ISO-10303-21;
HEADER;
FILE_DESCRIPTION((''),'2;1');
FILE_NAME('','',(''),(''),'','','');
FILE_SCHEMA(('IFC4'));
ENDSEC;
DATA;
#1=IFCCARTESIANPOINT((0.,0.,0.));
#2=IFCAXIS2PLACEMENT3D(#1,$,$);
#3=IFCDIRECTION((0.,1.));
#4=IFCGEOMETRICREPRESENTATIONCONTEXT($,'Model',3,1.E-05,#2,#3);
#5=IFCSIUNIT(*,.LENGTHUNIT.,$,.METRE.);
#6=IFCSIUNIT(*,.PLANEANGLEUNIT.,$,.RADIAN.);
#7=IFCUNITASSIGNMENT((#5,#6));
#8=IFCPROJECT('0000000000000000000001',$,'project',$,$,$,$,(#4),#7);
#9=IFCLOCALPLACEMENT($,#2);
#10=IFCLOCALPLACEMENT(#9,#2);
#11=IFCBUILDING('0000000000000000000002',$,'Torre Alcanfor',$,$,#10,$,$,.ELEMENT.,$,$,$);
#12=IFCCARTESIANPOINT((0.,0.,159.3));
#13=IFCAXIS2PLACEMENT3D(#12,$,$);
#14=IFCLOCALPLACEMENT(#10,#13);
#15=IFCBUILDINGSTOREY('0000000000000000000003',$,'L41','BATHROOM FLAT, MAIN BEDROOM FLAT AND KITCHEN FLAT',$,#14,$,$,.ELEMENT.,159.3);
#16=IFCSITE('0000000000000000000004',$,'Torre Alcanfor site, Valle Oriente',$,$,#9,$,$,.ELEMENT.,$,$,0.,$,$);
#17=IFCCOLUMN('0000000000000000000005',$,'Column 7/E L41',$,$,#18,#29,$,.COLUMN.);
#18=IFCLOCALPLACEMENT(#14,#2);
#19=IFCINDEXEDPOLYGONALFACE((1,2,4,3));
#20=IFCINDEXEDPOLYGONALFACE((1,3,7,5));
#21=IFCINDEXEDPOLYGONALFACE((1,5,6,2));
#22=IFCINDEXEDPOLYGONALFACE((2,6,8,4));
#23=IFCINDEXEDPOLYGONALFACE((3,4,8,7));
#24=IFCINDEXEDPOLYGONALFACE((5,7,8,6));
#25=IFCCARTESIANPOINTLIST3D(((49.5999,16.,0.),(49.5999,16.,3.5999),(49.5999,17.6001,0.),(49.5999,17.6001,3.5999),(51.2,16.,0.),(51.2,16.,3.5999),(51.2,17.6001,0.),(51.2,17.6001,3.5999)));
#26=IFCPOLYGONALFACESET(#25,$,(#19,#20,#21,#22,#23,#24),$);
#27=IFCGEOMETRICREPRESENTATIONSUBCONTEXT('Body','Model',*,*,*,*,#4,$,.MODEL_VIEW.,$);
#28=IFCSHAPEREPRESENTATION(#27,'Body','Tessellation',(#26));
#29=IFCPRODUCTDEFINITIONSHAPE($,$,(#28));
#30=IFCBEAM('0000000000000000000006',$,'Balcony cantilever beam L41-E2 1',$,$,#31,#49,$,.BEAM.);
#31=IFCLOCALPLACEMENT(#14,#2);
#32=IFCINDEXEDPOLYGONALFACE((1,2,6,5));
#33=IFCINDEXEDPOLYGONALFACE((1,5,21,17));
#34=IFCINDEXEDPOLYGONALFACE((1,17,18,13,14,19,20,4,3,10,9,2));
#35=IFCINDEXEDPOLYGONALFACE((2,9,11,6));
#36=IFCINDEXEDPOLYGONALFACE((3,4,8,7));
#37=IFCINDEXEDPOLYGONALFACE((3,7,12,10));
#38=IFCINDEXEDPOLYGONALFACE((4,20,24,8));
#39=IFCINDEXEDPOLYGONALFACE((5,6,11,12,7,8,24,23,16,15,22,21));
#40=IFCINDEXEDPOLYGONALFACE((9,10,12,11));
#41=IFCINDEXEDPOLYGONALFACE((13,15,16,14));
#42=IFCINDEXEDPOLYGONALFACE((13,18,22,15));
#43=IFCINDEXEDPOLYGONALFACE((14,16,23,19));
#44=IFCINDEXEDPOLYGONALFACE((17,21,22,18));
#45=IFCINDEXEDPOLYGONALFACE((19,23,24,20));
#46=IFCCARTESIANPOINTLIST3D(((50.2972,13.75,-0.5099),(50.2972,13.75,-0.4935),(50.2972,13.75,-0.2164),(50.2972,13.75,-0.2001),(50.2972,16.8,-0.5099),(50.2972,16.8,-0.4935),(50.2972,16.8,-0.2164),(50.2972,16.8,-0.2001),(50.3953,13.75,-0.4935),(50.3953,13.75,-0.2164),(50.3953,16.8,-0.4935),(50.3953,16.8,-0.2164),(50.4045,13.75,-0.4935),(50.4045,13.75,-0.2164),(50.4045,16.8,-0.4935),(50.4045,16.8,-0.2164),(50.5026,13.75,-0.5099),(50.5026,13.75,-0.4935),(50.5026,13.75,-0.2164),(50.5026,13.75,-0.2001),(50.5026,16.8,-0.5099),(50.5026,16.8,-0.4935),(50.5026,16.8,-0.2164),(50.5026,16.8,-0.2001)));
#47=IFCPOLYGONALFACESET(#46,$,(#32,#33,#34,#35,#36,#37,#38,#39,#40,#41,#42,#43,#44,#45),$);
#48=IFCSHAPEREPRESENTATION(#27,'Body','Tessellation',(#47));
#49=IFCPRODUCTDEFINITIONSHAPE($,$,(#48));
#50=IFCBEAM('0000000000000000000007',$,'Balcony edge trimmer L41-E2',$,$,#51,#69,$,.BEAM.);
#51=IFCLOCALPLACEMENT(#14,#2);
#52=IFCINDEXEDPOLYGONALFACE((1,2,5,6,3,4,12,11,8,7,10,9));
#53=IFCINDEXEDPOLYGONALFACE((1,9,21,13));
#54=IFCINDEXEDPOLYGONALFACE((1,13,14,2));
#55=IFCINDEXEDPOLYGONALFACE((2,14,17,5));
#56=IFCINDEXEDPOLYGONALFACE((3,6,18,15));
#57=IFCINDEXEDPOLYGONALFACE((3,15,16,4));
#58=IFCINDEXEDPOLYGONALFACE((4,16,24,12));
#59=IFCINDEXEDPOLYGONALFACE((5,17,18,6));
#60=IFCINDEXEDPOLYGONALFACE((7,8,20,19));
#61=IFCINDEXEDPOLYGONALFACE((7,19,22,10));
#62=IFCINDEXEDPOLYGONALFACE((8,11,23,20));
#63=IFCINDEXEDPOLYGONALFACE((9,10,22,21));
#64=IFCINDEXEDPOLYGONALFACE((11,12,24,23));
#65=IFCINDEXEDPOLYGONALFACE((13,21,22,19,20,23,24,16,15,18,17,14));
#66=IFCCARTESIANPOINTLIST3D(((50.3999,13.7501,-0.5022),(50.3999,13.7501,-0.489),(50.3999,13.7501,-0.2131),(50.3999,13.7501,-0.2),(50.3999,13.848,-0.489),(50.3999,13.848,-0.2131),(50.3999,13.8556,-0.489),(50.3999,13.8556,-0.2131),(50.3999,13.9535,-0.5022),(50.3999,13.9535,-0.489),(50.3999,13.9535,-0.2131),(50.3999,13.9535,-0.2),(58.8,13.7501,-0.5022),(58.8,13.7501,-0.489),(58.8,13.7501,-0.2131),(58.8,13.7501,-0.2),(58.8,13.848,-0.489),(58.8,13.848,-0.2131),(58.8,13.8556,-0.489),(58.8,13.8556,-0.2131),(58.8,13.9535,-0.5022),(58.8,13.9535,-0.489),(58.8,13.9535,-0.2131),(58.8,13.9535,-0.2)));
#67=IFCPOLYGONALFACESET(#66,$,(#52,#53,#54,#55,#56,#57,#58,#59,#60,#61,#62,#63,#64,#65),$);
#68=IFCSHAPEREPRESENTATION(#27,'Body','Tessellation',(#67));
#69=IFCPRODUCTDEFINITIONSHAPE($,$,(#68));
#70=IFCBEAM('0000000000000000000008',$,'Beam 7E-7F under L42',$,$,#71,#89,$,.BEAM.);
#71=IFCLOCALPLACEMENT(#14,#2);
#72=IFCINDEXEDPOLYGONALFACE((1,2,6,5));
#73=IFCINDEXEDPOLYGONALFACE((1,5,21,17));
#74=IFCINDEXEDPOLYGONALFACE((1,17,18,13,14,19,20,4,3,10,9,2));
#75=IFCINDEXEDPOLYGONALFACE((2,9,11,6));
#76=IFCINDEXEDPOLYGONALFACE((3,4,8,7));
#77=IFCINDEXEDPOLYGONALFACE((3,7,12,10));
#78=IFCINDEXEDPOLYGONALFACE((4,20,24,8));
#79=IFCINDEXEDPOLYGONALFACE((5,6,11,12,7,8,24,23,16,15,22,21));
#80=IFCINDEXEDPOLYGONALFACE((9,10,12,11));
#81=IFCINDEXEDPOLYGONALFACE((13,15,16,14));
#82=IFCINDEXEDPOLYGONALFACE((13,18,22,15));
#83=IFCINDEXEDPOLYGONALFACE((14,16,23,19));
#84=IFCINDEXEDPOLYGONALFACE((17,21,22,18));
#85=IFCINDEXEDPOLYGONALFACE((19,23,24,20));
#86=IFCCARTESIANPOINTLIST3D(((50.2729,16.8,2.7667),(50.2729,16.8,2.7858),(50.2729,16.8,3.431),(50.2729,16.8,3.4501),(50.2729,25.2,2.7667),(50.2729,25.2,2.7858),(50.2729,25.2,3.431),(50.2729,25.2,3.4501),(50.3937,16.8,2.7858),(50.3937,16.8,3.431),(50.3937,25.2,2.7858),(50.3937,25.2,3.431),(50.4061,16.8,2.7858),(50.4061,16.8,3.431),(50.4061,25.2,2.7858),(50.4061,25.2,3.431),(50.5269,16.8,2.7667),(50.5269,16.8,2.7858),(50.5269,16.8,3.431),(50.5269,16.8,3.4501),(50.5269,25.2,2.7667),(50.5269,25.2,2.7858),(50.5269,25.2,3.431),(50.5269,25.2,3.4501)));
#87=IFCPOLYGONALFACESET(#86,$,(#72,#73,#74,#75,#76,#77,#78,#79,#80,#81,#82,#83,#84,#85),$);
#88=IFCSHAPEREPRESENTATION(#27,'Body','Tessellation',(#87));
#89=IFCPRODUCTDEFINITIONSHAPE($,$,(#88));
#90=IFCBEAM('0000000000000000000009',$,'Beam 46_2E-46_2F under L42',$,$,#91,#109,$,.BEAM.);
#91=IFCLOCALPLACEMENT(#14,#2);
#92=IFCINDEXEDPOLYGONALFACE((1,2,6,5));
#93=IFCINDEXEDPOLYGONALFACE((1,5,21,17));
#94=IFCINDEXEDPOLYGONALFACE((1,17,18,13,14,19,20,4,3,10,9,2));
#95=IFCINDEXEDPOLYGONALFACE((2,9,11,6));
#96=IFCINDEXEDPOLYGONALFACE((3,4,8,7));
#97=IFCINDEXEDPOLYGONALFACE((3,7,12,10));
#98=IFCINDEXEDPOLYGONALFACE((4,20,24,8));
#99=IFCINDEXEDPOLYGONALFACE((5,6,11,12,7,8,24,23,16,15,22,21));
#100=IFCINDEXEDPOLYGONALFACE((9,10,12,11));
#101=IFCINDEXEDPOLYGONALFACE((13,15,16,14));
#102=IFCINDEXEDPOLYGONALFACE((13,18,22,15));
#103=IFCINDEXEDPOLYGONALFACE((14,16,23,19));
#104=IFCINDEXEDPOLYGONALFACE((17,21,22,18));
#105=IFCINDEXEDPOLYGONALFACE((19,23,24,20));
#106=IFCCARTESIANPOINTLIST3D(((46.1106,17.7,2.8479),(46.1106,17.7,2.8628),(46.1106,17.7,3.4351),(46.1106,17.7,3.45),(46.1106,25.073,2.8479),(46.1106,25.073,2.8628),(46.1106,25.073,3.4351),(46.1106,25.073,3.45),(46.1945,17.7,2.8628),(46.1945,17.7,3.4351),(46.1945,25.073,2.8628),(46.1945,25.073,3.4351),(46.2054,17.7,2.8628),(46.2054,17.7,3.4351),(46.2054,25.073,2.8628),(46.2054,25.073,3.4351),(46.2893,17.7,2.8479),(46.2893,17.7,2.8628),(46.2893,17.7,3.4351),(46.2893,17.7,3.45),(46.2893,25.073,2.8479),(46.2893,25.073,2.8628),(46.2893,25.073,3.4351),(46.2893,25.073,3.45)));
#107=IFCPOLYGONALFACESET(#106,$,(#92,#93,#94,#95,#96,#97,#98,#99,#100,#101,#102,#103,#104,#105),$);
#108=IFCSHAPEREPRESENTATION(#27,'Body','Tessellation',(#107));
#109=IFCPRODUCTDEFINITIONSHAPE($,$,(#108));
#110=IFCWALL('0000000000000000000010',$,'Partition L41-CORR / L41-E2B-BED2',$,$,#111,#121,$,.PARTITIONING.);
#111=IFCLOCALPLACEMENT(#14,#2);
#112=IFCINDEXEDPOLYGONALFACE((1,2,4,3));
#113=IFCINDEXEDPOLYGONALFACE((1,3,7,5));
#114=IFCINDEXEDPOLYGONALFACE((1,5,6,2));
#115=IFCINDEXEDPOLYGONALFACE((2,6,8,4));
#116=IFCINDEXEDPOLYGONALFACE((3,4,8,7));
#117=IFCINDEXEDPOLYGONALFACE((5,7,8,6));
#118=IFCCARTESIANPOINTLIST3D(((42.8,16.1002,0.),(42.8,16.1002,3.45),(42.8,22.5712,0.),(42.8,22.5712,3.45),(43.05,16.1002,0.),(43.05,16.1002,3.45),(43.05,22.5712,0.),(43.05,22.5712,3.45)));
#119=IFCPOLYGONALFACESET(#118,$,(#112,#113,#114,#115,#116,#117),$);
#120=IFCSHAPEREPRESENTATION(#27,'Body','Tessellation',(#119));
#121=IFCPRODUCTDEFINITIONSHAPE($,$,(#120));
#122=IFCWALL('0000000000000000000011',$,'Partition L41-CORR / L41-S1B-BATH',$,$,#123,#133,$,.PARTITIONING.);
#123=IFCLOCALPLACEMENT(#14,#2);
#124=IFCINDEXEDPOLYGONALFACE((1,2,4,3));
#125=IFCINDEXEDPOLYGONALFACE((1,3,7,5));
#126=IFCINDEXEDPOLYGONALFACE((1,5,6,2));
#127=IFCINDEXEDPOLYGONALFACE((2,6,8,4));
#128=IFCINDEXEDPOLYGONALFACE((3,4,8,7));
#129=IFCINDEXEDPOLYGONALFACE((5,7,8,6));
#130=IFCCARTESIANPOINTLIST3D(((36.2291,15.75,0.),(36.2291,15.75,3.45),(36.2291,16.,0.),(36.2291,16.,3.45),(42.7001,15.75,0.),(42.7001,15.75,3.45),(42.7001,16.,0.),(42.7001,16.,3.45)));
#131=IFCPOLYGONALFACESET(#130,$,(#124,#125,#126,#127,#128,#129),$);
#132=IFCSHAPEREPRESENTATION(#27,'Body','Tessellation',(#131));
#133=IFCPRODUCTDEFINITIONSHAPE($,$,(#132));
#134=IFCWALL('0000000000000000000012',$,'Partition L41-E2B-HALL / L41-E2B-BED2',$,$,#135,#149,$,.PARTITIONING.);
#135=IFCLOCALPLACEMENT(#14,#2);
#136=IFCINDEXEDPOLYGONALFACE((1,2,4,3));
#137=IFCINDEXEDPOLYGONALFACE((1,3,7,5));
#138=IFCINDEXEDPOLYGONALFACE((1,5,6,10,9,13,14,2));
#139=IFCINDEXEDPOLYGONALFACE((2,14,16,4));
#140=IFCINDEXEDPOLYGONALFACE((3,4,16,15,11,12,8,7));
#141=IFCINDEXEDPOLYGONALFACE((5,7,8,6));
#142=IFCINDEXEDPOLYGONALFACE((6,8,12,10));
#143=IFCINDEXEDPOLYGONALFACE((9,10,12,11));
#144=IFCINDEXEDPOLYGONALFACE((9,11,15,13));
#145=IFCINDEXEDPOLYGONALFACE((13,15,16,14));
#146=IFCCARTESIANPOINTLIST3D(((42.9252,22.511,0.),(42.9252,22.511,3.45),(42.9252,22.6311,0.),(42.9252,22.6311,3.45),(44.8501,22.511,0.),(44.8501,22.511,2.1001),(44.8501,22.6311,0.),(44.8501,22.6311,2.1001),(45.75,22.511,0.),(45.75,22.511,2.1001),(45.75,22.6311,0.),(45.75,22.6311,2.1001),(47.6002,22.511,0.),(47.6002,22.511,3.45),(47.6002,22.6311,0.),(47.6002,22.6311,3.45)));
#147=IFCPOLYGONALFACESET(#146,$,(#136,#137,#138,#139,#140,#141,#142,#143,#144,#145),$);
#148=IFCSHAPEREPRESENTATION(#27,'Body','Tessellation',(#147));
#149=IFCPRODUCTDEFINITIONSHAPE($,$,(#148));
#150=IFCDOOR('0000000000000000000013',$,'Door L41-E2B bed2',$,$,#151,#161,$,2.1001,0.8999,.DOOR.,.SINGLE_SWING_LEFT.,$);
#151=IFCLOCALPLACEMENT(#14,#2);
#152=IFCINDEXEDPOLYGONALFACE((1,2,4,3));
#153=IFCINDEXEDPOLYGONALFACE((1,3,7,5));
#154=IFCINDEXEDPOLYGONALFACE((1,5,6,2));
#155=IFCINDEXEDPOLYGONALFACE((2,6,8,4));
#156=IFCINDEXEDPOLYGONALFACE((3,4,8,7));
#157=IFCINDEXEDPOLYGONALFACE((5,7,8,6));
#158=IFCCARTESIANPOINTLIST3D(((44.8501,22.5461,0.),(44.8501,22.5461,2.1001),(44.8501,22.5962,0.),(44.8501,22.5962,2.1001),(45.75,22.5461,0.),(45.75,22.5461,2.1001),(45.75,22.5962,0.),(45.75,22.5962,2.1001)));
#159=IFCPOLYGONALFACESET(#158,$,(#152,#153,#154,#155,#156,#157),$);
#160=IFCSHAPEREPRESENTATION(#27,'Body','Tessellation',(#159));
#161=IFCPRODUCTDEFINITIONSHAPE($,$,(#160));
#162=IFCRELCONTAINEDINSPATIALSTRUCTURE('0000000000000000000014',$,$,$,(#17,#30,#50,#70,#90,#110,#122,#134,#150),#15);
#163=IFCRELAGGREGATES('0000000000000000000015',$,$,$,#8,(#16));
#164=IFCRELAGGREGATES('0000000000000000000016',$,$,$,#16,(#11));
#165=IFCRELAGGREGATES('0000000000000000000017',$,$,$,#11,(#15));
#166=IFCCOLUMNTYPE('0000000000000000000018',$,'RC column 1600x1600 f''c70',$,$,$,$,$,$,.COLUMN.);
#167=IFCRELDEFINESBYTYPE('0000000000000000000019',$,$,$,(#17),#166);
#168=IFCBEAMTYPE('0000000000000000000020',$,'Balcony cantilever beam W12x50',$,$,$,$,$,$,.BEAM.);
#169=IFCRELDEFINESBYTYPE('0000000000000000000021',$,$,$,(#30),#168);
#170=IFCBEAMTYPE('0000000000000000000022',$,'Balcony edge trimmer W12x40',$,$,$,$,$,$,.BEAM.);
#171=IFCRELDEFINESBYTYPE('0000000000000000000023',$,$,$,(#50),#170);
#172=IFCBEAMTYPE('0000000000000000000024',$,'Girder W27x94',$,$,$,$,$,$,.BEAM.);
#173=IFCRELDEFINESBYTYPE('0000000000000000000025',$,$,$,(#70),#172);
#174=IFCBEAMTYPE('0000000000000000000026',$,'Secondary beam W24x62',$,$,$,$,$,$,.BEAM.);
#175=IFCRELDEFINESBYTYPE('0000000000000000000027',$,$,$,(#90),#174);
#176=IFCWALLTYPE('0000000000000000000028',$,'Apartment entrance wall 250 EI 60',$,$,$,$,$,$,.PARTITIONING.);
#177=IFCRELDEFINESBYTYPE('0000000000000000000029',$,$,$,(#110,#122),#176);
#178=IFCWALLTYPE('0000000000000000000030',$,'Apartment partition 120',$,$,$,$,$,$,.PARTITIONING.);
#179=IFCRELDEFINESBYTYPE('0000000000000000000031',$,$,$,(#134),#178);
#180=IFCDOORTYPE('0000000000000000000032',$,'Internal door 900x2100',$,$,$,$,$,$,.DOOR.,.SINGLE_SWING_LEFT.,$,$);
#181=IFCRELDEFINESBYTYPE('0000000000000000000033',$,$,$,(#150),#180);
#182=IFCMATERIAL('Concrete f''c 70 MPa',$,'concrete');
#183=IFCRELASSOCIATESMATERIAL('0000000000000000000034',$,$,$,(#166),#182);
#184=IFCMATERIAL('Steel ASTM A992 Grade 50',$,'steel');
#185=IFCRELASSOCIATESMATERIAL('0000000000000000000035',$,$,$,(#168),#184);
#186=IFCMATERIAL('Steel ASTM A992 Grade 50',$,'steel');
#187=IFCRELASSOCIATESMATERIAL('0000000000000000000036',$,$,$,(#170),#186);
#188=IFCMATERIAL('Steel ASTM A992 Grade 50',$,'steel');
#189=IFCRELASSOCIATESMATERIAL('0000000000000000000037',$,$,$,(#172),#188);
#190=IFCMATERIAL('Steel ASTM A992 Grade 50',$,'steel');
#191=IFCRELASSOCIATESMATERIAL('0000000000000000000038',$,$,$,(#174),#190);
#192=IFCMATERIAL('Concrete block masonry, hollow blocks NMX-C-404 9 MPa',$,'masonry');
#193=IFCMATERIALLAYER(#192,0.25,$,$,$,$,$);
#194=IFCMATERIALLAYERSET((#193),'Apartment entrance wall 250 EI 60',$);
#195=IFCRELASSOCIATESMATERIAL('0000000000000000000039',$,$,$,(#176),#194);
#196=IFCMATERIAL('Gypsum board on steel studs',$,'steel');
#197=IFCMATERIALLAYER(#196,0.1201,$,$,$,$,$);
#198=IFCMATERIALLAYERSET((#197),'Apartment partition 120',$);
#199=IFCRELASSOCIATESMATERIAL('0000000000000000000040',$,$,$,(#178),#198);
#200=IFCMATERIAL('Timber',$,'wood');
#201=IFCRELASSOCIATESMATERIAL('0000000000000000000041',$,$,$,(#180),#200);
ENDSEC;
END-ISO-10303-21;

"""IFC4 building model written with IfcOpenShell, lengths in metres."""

from ifc_helpers import new_model, si_unit, direction, frame, frame_2d, origin, origin_2d, place, context, subcontext, project, spatial, rectangle, i_section, extrude, material, layer, layer_set, material_profile, profile_set, type_object, element, fill, save


model = new_model("IFC4")

# Units and contexts
model_context = context("Model", 3, precision=1e-05, world=origin(), true_north=direction((0.0, 1.0)))
body_context = subcontext(model_context, "Body", "Model", "MODEL_VIEW")
ifc_project = project(units=[si_unit("LENGTHUNIT", "METRE"), si_unit("PLANEANGLEUNIT", "RADIAN")], contexts=[model_context])

# Site, building, storey
site_placement = place(None, origin())
site = spatial("IfcSite", under=ifc_project, at=site_placement, Name="Torre Alcanfor site, Valle Oriente", CompositionType="ELEMENT", RefElevation=0.0)
building_placement = place(site_placement, origin())
building = spatial("IfcBuilding", under=site, at=building_placement, Name="Torre Alcanfor", CompositionType="ELEMENT")
storey_placement = place(building_placement, frame((0.0, 0.0, 159.3)))
storey = spatial("IfcBuildingStorey", under=building, at=storey_placement, Name="L41", Description="BATHROOM FLAT, MAIN BEDROOM FLAT AND KITCHEN FLAT", CompositionType="ELEMENT", Elevation=159.3)

# Column
ifc_material_1 = material(Name="Concrete f'c 70 MPa", Category="concrete")
ifc_material_profile_1 = material_profile(ifc_material_1, rectangle(XDim=1.6001, YDim=1.6001, at=origin_2d()), Name="1600x1600")
ifc_profile_set_1 = profile_set([ifc_material_profile_1], Name="Concrete f'c 70 MPa")
column_type = type_object("IfcColumnType", Name="RC column 1600x1600 f'c70", PredefinedType="COLUMN", material=ifc_profile_set_1)
column_placement = place(storey_placement, frame((50.3999, 16.8, 0.0), z_axis=(0.0, 0.0, 1.0), x_axis=(1.0, 0.0, 0.0)))
element("IfcColumn", 1, at=column_placement, inside=storey, type_object=column_type, Name="Column 7/E L41", PredefinedType="COLUMN", context=body_context, shape_type="SweptSolid", body=[
    extrude(rectangle(XDim=1.6001, YDim=1.6001, at=origin_2d()), origin(), (0.0, 0.0, 1.0), 3.5999),
])

# Beams
ifc_material_2 = material(Name="Steel ASTM A992 Grade 50", Category="steel")
ifc_material_profile_2 = material_profile(ifc_material_2, i_section(OverallWidth=0.2053, OverallDepth=0.3098, WebThickness=0.0093, FlangeThickness=0.0164, at=origin_2d()), Name="W12x50")
ifc_profile_set_2 = profile_set([ifc_material_profile_2], Name="Steel ASTM A992 Grade 50")
beam_type_1 = type_object("IfcBeamType", Name="Balcony cantilever beam W12x50", PredefinedType="BEAM", material=ifc_profile_set_2)
beam_1_placement = place(storey_placement, frame((50.3999, 16.8, -0.355), z_axis=(0.0, -1.0, 0.0), x_axis=(1.0, 0.0, 0.0)))
element("IfcBeam", 2, at=beam_1_placement, inside=storey, type_object=beam_type_1, Name="Balcony cantilever beam L41-E2 1", PredefinedType="BEAM", context=body_context, shape_type="SweptSolid", body=[
    extrude(i_section(OverallWidth=0.2053, OverallDepth=0.3098, WebThickness=0.0093, FlangeThickness=0.0164, at=origin_2d()), origin(), (0.0, 0.0, 1.0), 3.05),
])
ifc_material_3 = material(Name="Steel ASTM A992 Grade 50", Category="steel")
ifc_material_profile_3 = material_profile(ifc_material_3, i_section(OverallWidth=0.2034, OverallDepth=0.3022, WebThickness=0.0076, FlangeThickness=0.0132, at=origin_2d()), Name="W12x40")
ifc_profile_set_3 = profile_set([ifc_material_profile_3], Name="Steel ASTM A992 Grade 50")
beam_type_2 = type_object("IfcBeamType", Name="Balcony edge trimmer W12x40", PredefinedType="BEAM", material=ifc_profile_set_3)
beam_2_placement = place(storey_placement, frame((50.3999, 13.8518, -0.3511), z_axis=(1.0, 0.0, 0.0), x_axis=(0.0, 1.0, 0.0)))
element("IfcBeam", 3, at=beam_2_placement, inside=storey, type_object=beam_type_2, Name="Balcony edge trimmer L41-E2", PredefinedType="BEAM", context=body_context, shape_type="SweptSolid", body=[
    extrude(i_section(OverallWidth=0.2034, OverallDepth=0.3022, WebThickness=0.0076, FlangeThickness=0.0132, at=origin_2d()), origin(), (0.0, 0.0, 1.0), 8.4001),
])
ifc_material_4 = material(Name="Steel ASTM A992 Grade 50", Category="steel")
ifc_material_profile_4 = material_profile(ifc_material_4, i_section(OverallWidth=0.2539, OverallDepth=0.6833, WebThickness=0.0125, FlangeThickness=0.019, at=origin_2d()), Name="W27x94")
ifc_profile_set_4 = profile_set([ifc_material_profile_4], Name="Steel ASTM A992 Grade 50")
beam_type_3 = type_object("IfcBeamType", Name="Girder W27x94", PredefinedType="BEAM", material=ifc_profile_set_4)
beam_3_placement = place(storey_placement, frame((50.3999, 16.8, 3.1084), z_axis=(0.0, 1.0, 0.0), x_axis=(-1.0, 0.0, 0.0)))
element("IfcBeam", 4, at=beam_3_placement, inside=storey, type_object=beam_type_3, Name="Beam 7E-7F under L42", PredefinedType="BEAM", context=body_context, shape_type="SweptSolid", body=[
    extrude(i_section(OverallWidth=0.2539, OverallDepth=0.6833, WebThickness=0.0125, FlangeThickness=0.019, at=origin_2d()), origin(), (0.0, 0.0, 1.0), 8.3999),
])
ifc_material_5 = material(Name="Steel ASTM A992 Grade 50", Category="steel")
ifc_material_profile_5 = material_profile(ifc_material_5, i_section(OverallWidth=0.1787, OverallDepth=0.6021, WebThickness=0.011, FlangeThickness=0.0149, at=origin_2d()), Name="W24x62")
ifc_profile_set_5 = profile_set([ifc_material_profile_5], Name="Steel ASTM A992 Grade 50")
beam_type_4 = type_object("IfcBeamType", Name="Secondary beam W24x62", PredefinedType="BEAM", material=ifc_profile_set_5)
beam_4_placement = place(storey_placement, frame((46.2, 17.7, 3.1489), z_axis=(0.0, 1.0, 0.0), x_axis=(-1.0, 0.0, 0.0)))
element("IfcBeam", 5, at=beam_4_placement, inside=storey, type_object=beam_type_4, Name="Beam 46_2E-46_2F under L42", PredefinedType="BEAM", context=body_context, shape_type="SweptSolid", body=[
    extrude(i_section(OverallWidth=0.1787, OverallDepth=0.6021, WebThickness=0.011, FlangeThickness=0.0149, at=origin_2d()), origin(), (0.0, 0.0, 1.0), 7.373),
])

# Walls
ifc_material_6 = material(Name="Concrete block masonry, hollow blocks NMX-C-404 9 MPa", Category="masonry")
ifc_layer_1 = layer(ifc_material_6, 0.25)
ifc_layer_set_1 = layer_set([ifc_layer_1], Name="Apartment entrance wall 250 EI 60")
wall_type_1 = type_object("IfcWallType", Name="Apartment entrance wall 250 EI 60", PredefinedType="PARTITIONING", material=ifc_layer_set_1)
for number, where, z_axis, x_axis, name in (
    (6, (42.925, 22.571, 0.0), (0.0, 0.0, 1.0), (0.0, -1.0, 0.0), "Partition L41-CORR / L41-E2B-BED2"),
    (7, (42.7, 15.875, 0.0), (0.0, 0.0, 1.0), (-1.0, 0.0, 0.0), "Partition L41-CORR / L41-S1B-BATH"),
):
    element("IfcWall", number, at=place(storey_placement, frame(where, z_axis=z_axis, x_axis=x_axis)), inside=storey, type_object=wall_type_1, Name=name, PredefinedType="PARTITIONING", context=body_context, shape_type="SweptSolid", body=[
        extrude(rectangle(XDim=6.4709, YDim=0.25, at=frame_2d((3.2354, 0.0))), origin(), (0.0, 0.0, 1.0), 3.45),
    ])

# Wall, opening, door
ifc_material_7 = material(Name="Gypsum board on steel studs", Category="steel")
ifc_layer_2 = layer(ifc_material_7, 0.1201)
ifc_layer_set_2 = layer_set([ifc_layer_2], Name="Apartment partition 120")
wall_type_2 = type_object("IfcWallType", Name="Apartment partition 120", PredefinedType="PARTITIONING", material=ifc_layer_set_2)
wall_1_placement = place(storey_placement, frame((47.6001, 22.571, 0.0), z_axis=(0.0, 0.0, 1.0), x_axis=(-1.0, 0.0, 0.0)))
wall_1 = element("IfcWall", 8, at=wall_1_placement, inside=storey, type_object=wall_type_2, Name="Partition L41-E2B-HALL / L41-E2B-BED2", PredefinedType="PARTITIONING", context=body_context, shape_type="SweptSolid", body=[
    extrude(rectangle(XDim=4.675, YDim=0.1201, at=frame_2d((2.3374, 0.0))), origin(), (0.0, 0.0, 1.0), 3.45),
])
opening_1_placement = place(wall_1_placement, frame((1.8501, 0.0, 0.0)))
opening_1 = element("IfcOpeningElement", 9, at=opening_1_placement, cuts=wall_1, PredefinedType="OPENING", context=body_context, shape_type="SweptSolid", body=[
    extrude(rectangle(XDim=0.8999, YDim=2.1001, at=frame_2d((0.45, 1.05))), frame((0.0, 0.0701, 0.0), z_axis=(0.0, -1.0, 0.0), x_axis=(1.0, 0.0, 0.0)), (0.0, 0.0, 1.0), 0.1401),
])
ifc_material_8 = material(Name="Timber", Category="wood")
door_type_1 = type_object("IfcDoorType", Name="Internal door 900x2100", OperationType="SINGLE_SWING_LEFT", PredefinedType="DOOR", material=ifc_material_8)
door_1_placement = place(opening_1_placement, origin())
door_1 = element("IfcDoor", 10, at=door_1_placement, inside=storey, type_object=door_type_1, Name="Door L41-E2B bed2", OperationType="SINGLE_SWING_LEFT", OverallHeight=2.1001, OverallWidth=0.8999, PredefinedType="DOOR", context=body_context, shape_type="SweptSolid", body=[
    extrude(rectangle(XDim=0.8999, YDim=2.1001, at=frame_2d((0.45, 1.05))), frame((0.0, 0.0249, 0.0), z_axis=(0.0, -1.0, 0.0), x_axis=(1.0, 0.0, 0.0)), (0.0, 0.0, 1.0), 0.05),
])
fill(opening_1, door_1)

save(model, "model.ifc")
